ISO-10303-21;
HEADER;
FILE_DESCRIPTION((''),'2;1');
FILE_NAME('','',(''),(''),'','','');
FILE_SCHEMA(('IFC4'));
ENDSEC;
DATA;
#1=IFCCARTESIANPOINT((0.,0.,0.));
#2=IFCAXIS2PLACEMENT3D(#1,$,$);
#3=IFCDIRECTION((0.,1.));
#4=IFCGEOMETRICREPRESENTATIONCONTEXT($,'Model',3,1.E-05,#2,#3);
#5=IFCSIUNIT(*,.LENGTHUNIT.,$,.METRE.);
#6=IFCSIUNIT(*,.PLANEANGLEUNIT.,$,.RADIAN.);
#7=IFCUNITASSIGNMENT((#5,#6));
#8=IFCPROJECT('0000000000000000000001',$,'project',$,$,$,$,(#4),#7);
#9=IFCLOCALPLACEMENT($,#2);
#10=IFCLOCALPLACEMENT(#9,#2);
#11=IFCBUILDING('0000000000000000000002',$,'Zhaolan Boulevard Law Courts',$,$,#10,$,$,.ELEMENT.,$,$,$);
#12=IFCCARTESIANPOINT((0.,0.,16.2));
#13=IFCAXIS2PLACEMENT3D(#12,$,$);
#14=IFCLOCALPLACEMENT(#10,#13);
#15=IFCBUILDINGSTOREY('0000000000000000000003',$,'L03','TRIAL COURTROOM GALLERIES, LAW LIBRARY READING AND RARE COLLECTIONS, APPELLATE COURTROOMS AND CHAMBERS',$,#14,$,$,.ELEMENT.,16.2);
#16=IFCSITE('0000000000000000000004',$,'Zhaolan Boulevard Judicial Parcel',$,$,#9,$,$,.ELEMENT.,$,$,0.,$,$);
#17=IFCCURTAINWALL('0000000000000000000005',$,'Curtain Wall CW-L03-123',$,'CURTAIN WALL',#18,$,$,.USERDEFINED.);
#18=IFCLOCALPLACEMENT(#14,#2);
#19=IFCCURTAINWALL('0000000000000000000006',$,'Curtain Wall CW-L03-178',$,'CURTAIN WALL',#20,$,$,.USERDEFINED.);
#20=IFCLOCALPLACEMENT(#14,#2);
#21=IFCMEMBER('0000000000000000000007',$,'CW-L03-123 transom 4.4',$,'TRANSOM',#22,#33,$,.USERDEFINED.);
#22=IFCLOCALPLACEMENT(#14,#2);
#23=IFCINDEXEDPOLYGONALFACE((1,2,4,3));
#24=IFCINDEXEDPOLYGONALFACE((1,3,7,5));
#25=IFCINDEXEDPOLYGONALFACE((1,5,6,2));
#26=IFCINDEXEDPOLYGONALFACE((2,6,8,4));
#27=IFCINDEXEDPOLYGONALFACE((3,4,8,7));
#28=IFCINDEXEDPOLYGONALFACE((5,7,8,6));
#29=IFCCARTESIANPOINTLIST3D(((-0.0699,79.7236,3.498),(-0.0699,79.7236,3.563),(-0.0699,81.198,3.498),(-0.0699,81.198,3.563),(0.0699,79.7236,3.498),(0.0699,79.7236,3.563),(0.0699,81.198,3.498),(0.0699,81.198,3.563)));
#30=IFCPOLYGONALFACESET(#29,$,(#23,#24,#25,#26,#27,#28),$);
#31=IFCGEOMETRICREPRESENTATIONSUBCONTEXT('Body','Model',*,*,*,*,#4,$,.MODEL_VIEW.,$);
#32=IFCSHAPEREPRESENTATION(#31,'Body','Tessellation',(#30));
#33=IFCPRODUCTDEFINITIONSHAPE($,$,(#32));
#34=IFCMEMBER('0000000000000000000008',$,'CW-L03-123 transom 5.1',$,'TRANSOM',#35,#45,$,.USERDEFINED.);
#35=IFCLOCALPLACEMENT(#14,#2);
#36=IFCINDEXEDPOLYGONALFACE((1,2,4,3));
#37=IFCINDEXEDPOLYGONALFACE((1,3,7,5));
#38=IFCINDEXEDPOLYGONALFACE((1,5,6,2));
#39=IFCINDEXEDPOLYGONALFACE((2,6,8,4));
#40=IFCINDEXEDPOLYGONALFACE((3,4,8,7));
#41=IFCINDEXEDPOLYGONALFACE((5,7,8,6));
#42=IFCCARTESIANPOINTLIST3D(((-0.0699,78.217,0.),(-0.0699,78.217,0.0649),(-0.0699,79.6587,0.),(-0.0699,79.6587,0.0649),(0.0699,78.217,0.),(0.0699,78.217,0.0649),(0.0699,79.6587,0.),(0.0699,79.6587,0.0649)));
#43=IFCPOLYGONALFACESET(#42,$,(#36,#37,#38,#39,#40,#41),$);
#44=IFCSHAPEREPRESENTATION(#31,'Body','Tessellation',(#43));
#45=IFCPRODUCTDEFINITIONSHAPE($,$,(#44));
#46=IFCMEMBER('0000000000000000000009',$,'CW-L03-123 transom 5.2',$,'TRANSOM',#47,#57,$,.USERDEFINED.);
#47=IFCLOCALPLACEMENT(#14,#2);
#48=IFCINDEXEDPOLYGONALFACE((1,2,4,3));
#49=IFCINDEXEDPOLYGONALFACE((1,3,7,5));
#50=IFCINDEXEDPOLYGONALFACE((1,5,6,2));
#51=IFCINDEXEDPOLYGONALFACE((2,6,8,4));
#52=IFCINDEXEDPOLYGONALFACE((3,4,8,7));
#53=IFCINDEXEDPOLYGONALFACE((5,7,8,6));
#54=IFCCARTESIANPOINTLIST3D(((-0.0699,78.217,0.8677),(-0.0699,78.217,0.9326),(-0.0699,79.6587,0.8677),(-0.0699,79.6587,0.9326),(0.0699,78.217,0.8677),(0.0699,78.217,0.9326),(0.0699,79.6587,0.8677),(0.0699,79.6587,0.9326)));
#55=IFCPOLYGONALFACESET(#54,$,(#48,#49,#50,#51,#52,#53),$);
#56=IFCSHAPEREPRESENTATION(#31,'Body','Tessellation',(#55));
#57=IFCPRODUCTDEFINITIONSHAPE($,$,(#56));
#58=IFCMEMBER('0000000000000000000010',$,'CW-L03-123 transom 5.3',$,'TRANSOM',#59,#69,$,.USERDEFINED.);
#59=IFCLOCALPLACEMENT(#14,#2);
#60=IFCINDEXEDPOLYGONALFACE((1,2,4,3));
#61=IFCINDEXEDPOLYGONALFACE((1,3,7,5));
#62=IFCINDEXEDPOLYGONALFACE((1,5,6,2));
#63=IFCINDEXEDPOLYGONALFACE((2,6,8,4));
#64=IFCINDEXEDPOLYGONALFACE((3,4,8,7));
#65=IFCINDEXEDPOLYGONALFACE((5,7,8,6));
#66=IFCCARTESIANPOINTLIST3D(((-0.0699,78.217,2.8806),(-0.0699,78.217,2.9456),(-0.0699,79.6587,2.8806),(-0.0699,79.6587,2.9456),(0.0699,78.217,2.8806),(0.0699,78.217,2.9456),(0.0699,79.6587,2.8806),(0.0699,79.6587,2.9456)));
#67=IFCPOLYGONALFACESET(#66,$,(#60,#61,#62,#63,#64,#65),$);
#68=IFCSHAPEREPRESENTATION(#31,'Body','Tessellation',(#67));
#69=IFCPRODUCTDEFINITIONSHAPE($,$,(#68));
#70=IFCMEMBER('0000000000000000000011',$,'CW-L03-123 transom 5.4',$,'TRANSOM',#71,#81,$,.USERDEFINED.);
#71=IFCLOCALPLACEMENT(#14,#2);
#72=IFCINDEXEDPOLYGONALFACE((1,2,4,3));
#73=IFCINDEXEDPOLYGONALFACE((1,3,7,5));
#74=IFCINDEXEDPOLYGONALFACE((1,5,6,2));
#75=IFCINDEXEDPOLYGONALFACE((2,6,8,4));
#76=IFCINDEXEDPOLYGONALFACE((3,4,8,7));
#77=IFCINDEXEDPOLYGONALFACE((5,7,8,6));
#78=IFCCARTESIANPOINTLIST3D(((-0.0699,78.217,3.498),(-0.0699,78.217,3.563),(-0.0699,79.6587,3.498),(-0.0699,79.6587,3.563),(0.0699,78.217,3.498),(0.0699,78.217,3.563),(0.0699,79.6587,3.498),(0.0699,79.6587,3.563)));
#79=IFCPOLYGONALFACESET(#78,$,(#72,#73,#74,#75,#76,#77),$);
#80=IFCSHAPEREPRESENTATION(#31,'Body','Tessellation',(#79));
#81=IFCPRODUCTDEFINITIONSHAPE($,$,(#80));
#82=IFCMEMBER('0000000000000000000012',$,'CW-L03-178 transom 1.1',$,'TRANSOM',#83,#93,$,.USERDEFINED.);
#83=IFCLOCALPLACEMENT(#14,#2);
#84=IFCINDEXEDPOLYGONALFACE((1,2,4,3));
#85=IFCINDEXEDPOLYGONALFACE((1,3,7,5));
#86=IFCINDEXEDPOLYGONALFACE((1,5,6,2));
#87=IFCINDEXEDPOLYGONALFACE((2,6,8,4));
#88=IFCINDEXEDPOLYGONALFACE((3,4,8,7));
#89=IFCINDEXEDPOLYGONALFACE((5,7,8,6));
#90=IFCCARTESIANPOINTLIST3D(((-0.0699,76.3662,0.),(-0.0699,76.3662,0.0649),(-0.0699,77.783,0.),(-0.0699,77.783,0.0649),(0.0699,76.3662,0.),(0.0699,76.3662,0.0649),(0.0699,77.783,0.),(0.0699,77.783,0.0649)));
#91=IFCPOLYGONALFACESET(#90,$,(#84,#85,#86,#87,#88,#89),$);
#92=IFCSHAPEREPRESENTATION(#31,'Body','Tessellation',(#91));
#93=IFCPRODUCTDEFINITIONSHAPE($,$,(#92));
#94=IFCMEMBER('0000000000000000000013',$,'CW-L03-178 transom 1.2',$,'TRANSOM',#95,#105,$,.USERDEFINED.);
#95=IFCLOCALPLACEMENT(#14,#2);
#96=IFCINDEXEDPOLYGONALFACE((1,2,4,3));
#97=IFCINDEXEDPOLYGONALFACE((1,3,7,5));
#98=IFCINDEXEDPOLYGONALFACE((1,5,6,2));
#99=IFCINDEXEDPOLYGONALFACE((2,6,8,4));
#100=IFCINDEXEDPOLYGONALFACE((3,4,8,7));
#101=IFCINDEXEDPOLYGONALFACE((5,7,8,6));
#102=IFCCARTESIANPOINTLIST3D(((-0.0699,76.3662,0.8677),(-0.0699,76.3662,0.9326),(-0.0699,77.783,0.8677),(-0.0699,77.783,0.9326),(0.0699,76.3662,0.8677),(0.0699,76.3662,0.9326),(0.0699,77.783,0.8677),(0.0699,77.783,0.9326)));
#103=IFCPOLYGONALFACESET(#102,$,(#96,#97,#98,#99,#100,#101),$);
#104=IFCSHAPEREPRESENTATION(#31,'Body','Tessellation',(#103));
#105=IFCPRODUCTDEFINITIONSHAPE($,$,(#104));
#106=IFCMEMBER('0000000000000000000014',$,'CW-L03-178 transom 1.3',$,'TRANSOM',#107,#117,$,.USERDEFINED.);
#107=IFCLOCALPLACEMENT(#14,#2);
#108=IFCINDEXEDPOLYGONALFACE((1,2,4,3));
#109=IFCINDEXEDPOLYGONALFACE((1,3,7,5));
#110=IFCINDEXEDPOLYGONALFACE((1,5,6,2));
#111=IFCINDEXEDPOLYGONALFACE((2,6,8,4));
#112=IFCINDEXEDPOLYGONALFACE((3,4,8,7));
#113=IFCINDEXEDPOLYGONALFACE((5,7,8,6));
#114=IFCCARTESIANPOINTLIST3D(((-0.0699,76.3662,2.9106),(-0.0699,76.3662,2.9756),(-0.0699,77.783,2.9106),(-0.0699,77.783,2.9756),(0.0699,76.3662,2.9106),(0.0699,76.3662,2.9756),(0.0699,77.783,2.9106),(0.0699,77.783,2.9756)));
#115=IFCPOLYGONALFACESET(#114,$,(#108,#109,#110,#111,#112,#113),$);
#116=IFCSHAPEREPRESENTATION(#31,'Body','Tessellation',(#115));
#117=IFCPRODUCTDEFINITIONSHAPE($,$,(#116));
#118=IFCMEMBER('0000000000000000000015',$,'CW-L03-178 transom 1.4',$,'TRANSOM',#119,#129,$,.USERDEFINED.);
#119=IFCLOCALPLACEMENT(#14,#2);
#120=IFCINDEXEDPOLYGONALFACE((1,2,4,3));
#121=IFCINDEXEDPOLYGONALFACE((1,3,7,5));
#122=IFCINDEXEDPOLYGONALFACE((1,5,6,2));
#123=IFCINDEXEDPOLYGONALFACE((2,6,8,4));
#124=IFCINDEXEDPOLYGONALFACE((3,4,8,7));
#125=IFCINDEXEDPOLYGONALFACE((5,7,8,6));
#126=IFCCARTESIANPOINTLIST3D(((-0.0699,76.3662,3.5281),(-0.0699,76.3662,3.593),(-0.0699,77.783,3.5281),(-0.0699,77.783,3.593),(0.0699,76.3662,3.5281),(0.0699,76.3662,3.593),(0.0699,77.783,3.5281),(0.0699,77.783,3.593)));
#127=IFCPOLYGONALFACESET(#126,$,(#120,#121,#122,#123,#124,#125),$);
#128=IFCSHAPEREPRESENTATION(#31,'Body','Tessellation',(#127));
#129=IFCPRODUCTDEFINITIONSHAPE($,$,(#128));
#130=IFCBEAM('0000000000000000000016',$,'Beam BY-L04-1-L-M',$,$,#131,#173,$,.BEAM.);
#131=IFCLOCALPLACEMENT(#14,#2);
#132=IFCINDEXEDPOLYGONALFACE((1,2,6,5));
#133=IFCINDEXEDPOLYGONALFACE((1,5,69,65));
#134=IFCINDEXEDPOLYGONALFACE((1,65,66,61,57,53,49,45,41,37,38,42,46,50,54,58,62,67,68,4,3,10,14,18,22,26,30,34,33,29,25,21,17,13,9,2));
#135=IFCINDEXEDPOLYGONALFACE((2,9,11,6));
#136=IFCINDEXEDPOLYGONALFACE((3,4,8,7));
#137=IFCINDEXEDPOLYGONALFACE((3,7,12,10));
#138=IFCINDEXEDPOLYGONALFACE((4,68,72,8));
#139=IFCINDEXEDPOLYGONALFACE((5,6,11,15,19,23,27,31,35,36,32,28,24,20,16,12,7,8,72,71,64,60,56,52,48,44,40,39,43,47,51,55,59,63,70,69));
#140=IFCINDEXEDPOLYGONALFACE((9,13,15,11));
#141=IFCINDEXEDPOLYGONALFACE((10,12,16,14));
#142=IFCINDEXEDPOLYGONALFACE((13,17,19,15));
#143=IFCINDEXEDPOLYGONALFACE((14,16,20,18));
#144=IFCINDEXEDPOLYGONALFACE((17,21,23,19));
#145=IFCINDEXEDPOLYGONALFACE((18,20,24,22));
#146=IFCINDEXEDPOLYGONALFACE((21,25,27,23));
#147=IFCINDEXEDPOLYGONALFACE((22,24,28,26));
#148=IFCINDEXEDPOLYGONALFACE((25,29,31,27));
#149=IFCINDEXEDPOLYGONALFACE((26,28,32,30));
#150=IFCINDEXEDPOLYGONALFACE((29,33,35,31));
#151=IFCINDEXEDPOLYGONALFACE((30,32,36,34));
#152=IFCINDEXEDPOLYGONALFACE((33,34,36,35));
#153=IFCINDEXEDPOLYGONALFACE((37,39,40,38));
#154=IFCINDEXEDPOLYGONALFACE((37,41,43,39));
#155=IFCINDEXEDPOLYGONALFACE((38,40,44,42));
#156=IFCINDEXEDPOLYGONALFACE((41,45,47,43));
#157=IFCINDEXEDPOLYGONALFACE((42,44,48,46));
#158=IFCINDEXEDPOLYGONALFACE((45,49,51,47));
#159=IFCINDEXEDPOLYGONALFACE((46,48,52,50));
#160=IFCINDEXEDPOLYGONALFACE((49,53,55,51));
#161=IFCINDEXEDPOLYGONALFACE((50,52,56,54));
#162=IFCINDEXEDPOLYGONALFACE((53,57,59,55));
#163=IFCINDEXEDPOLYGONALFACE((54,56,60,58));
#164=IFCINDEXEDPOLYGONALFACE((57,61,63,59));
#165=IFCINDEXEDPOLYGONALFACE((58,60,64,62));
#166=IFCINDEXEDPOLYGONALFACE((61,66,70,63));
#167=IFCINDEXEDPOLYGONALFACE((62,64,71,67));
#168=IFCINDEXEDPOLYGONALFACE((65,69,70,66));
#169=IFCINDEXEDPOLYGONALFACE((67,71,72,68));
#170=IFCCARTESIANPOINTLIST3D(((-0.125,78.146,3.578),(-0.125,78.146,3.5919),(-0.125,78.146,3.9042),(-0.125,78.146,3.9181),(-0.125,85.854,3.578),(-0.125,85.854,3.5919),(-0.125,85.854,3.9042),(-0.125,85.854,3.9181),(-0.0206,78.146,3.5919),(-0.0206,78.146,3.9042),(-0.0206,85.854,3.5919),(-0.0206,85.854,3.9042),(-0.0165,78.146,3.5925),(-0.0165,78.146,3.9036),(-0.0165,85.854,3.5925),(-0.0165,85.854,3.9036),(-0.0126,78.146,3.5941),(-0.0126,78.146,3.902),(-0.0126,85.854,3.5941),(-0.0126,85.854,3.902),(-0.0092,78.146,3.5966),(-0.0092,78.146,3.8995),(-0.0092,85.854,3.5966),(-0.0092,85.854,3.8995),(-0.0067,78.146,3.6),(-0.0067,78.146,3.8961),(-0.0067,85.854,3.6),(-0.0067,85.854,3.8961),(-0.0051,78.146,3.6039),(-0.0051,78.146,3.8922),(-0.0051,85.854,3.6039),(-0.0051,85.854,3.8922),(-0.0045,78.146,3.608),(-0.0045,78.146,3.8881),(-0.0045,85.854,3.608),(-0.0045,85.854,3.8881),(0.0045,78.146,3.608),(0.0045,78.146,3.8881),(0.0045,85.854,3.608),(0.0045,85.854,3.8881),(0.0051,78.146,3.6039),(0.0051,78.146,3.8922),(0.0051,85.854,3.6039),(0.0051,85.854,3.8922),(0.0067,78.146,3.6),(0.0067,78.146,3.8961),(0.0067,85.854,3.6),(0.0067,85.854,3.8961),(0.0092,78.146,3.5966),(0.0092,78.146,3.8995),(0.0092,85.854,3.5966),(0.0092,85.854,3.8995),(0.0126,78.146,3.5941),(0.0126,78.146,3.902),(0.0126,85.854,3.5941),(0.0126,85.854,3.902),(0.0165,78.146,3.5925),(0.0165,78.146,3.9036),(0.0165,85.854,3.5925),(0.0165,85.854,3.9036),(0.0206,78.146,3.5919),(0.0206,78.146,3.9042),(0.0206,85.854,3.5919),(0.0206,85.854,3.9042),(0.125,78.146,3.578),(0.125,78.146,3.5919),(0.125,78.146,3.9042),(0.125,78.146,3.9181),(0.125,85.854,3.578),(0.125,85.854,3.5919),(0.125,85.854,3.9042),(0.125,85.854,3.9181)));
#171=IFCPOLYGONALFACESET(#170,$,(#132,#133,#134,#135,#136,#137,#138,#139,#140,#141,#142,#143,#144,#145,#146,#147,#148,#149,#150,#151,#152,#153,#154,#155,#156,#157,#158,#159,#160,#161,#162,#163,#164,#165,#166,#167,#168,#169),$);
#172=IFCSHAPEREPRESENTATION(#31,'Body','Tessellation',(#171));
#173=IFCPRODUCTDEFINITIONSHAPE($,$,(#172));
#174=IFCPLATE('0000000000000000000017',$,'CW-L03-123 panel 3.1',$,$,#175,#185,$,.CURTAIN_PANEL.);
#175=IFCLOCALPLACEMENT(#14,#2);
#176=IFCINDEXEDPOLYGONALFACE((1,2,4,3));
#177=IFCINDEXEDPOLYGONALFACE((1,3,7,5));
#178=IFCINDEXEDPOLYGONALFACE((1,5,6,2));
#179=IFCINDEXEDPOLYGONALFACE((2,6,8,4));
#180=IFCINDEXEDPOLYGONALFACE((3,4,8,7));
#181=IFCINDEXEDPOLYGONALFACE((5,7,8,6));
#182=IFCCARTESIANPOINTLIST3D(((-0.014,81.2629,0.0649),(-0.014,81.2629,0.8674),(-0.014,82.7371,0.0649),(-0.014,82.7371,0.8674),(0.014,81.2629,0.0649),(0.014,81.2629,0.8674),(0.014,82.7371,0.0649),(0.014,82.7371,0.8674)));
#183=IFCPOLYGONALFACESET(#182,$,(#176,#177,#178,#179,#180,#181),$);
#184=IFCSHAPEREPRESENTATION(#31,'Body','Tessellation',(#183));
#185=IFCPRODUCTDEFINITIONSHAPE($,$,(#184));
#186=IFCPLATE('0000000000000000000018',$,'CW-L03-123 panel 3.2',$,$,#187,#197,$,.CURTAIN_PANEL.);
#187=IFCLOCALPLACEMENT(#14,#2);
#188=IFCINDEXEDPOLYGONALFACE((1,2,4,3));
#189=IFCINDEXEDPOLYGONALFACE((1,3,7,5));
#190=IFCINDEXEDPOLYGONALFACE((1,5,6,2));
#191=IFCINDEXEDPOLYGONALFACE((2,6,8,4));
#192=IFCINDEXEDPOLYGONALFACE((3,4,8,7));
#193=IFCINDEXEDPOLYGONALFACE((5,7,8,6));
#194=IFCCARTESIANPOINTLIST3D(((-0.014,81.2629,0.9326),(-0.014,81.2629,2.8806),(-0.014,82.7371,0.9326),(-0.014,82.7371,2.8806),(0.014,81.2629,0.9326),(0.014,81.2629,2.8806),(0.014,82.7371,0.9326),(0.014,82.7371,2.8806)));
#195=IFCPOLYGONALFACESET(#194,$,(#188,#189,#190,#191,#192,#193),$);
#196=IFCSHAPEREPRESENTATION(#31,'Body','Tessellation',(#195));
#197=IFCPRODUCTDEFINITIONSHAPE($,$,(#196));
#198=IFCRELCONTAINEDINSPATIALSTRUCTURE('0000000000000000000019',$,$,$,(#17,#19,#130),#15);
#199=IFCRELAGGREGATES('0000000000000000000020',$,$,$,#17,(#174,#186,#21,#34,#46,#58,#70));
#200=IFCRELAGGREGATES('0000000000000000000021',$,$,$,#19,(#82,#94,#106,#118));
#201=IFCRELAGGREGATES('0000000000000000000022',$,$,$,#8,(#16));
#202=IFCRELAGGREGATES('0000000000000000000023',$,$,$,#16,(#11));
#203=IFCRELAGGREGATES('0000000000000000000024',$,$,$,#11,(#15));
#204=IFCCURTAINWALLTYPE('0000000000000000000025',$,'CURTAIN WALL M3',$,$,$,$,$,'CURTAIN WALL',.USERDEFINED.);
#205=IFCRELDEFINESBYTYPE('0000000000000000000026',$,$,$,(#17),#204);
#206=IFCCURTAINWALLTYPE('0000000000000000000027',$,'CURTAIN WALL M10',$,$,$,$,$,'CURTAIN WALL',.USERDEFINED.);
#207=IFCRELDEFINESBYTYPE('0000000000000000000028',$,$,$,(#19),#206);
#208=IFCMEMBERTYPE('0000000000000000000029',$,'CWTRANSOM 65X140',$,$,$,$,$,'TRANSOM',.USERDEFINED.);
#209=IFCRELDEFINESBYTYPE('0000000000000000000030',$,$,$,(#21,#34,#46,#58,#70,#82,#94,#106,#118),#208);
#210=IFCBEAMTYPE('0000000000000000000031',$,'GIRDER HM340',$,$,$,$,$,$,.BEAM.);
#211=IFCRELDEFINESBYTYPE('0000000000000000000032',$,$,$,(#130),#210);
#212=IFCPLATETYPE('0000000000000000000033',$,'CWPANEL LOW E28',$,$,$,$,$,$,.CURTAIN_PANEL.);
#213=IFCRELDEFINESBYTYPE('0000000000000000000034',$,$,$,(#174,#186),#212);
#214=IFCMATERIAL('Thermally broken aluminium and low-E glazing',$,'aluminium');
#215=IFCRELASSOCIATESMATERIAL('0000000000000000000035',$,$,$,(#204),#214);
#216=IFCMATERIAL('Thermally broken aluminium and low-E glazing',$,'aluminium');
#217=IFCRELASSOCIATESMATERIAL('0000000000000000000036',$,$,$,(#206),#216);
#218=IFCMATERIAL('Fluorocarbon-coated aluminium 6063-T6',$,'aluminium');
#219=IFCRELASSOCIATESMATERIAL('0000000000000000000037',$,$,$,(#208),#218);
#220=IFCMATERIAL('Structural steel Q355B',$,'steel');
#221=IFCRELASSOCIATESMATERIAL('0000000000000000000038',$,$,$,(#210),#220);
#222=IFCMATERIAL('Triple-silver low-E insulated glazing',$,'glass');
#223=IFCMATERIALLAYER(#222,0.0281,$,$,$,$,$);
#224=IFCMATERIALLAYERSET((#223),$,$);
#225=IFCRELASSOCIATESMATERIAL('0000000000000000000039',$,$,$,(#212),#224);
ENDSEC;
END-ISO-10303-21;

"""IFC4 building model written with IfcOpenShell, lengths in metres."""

from ifc_helpers import new_model, si_unit, direction, frame, origin, origin_2d, place, context, subcontext, project, spatial, rectangle, i_section, extrude, material, layer, layer_set, material_profile, profile_set, type_object, element, aggregate, save


model = new_model("IFC4")

# Units and contexts
model_context = context("Model", 3, precision=1e-05, world=origin(), true_north=direction((0.0, 1.0)))
body_context = subcontext(model_context, "Body", "Model", "MODEL_VIEW")
ifc_project = project(units=[si_unit("LENGTHUNIT", "METRE"), si_unit("PLANEANGLEUNIT", "RADIAN")], contexts=[model_context])

# Site, building, storey
site_placement = place(None, origin())
site = spatial("IfcSite", under=ifc_project, at=site_placement, Name="Zhaolan Boulevard Judicial Parcel", CompositionType="ELEMENT", RefElevation=0.0)
building_placement = place(site_placement, origin())
building = spatial("IfcBuilding", under=site, at=building_placement, Name="Zhaolan Boulevard Law Courts", CompositionType="ELEMENT")
storey_placement = place(building_placement, frame((0.0, 0.0, 16.2)))
storey = spatial("IfcBuildingStorey", under=building, at=storey_placement, Name="L03", Description="TRIAL COURTROOM GALLERIES, LAW LIBRARY READING AND RARE COLLECTIONS, APPELLATE COURTROOMS AND CHAMBERS", CompositionType="ELEMENT", Elevation=16.2)

# Curtain wall
ifc_material_1 = material(Name="Thermally broken aluminium and low-E glazing", Category="aluminium")
curtain_wall_type_1 = type_object("IfcCurtainWallType", Name="CURTAIN WALL M3", ElementType="CURTAIN WALL", PredefinedType="USERDEFINED", material=ifc_material_1)
curtain_wall_1_placement = place(storey_placement, origin())
curtain_wall_1 = element("IfcCurtainWall", 1, at=curtain_wall_1_placement, inside=storey, type_object=curtain_wall_type_1, Name="Curtain Wall CW-L03-123", ObjectType="CURTAIN WALL", PredefinedType="USERDEFINED")

# Curtain wall
ifc_material_2 = material(Name="Thermally broken aluminium and low-E glazing", Category="aluminium")
curtain_wall_type_2 = type_object("IfcCurtainWallType", Name="CURTAIN WALL M10", ElementType="CURTAIN WALL", PredefinedType="USERDEFINED", material=ifc_material_2)
curtain_wall_2_placement = place(storey_placement, origin())
curtain_wall_2 = element("IfcCurtainWall", 2, at=curtain_wall_2_placement, inside=storey, type_object=curtain_wall_type_2, Name="Curtain Wall CW-L03-178", ObjectType="CURTAIN WALL", PredefinedType="USERDEFINED")

# Members
ifc_material_3 = material(Name="Fluorocarbon-coated aluminium 6063-T6", Category="aluminium")
ifc_material_profile_1 = material_profile(ifc_material_3, rectangle(XDim=0.1399, YDim=0.0649, at=origin_2d()), Name="AL65x140")
ifc_profile_set_1 = profile_set([ifc_material_profile_1], Name="Fluorocarbon-coated aluminium 6063-T6")
member_type_1 = type_object("IfcMemberType", Name="CWTRANSOM 65X140", ElementType="TRANSOM", PredefinedType="USERDEFINED", material=ifc_profile_set_1)
member_1_placement = place(storey_placement, frame((0.0, 81.198, 3.5305), z_axis=(0.0, -1.0, 0.0), x_axis=(1.0, 0.0, 0.0)))
member_1 = element("IfcMember", 3, at=member_1_placement, type_object=member_type_1, Name="CW-L03-123 transom 4.4", ObjectType="TRANSOM", PredefinedType="USERDEFINED", context=body_context, shape_type="SweptSolid", body=[
    extrude(rectangle(XDim=0.1399, YDim=0.0649, at=origin_2d()), origin(), (0.0, 0.0, 1.0), 1.4744),
])
member_2_placement = place(storey_placement, frame((0.0, 79.6587, 0.0325), z_axis=(0.0, -1.0, 0.0), x_axis=(1.0, 0.0, 0.0)))
member_2 = element("IfcMember", 4, at=member_2_placement, type_object=member_type_1, Name="CW-L03-123 transom 5.1", ObjectType="TRANSOM", PredefinedType="USERDEFINED", context=body_context, shape_type="SweptSolid", body=[
    extrude(rectangle(XDim=0.1399, YDim=0.0649, at=origin_2d()), origin(), (0.0, 0.0, 1.0), 1.4417),
])
member_3_placement = place(storey_placement, frame((0.0, 79.6587, 0.9001), z_axis=(0.0, -1.0, 0.0), x_axis=(1.0, 0.0, 0.0)))
member_3 = element("IfcMember", 5, at=member_3_placement, type_object=member_type_1, Name="CW-L03-123 transom 5.2", ObjectType="TRANSOM", PredefinedType="USERDEFINED", context=body_context, shape_type="SweptSolid", body=[
    extrude(rectangle(XDim=0.1399, YDim=0.0649, at=origin_2d()), origin(), (0.0, 0.0, 1.0), 1.4417),
])
member_4_placement = place(storey_placement, frame((0.0, 79.6587, 2.9131), z_axis=(0.0, -1.0, 0.0), x_axis=(1.0, 0.0, 0.0)))
member_4 = element("IfcMember", 6, at=member_4_placement, type_object=member_type_1, Name="CW-L03-123 transom 5.3", ObjectType="TRANSOM", PredefinedType="USERDEFINED", context=body_context, shape_type="SweptSolid", body=[
    extrude(rectangle(XDim=0.1399, YDim=0.0649, at=origin_2d()), origin(), (0.0, 0.0, 1.0), 1.4417),
])
member_5_placement = place(storey_placement, frame((0.0, 79.6587, 3.5305), z_axis=(0.0, -1.0, 0.0), x_axis=(1.0, 0.0, 0.0)))
member_5 = element("IfcMember", 7, at=member_5_placement, type_object=member_type_1, Name="CW-L03-123 transom 5.4", ObjectType="TRANSOM", PredefinedType="USERDEFINED", context=body_context, shape_type="SweptSolid", body=[
    extrude(rectangle(XDim=0.1399, YDim=0.0649, at=origin_2d()), origin(), (0.0, 0.0, 1.0), 1.4417),
])
member_6_placement = place(storey_placement, frame((0.0, 77.783, 0.0325), z_axis=(0.0, -1.0, 0.0), x_axis=(1.0, 0.0, 0.0)))
member_6 = element("IfcMember", 8, at=member_6_placement, type_object=member_type_1, Name="CW-L03-178 transom 1.1", ObjectType="TRANSOM", PredefinedType="USERDEFINED", context=body_context, shape_type="SweptSolid", body=[
    extrude(rectangle(XDim=0.1399, YDim=0.0649, at=origin_2d()), origin(), (0.0, 0.0, 1.0), 1.4167),
])
member_7_placement = place(storey_placement, frame((0.0, 77.783, 0.9001), z_axis=(0.0, -1.0, 0.0), x_axis=(1.0, 0.0, 0.0)))
member_7 = element("IfcMember", 9, at=member_7_placement, type_object=member_type_1, Name="CW-L03-178 transom 1.2", ObjectType="TRANSOM", PredefinedType="USERDEFINED", context=body_context, shape_type="SweptSolid", body=[
    extrude(rectangle(XDim=0.1399, YDim=0.0649, at=origin_2d()), origin(), (0.0, 0.0, 1.0), 1.4167),
])
member_8_placement = place(storey_placement, frame((0.0, 77.783, 2.9431), z_axis=(0.0, -1.0, 0.0), x_axis=(1.0, 0.0, 0.0)))
member_8 = element("IfcMember", 10, at=member_8_placement, type_object=member_type_1, Name="CW-L03-178 transom 1.3", ObjectType="TRANSOM", PredefinedType="USERDEFINED", context=body_context, shape_type="SweptSolid", body=[
    extrude(rectangle(XDim=0.1399, YDim=0.0649, at=origin_2d()), origin(), (0.0, 0.0, 1.0), 1.4167),
])
member_9_placement = place(storey_placement, frame((0.0, 77.783, 3.5605), z_axis=(0.0, -1.0, 0.0), x_axis=(1.0, 0.0, 0.0)))
member_9 = element("IfcMember", 11, at=member_9_placement, type_object=member_type_1, Name="CW-L03-178 transom 1.4", ObjectType="TRANSOM", PredefinedType="USERDEFINED", context=body_context, shape_type="SweptSolid", body=[
    extrude(rectangle(XDim=0.1399, YDim=0.0649, at=origin_2d()), origin(), (0.0, 0.0, 1.0), 1.4167),
])

# Beam
ifc_material_4 = material(Name="Structural steel Q355B", Category="steel")
ifc_material_profile_2 = material_profile(ifc_material_4, i_section(OverallWidth=0.25, OverallDepth=0.3401, WebThickness=0.009, FlangeThickness=0.0139, FilletRadius=0.0161, at=origin_2d()), Name="HM340x250")
ifc_profile_set_2 = profile_set([ifc_material_profile_2], Name="Structural steel Q355B")
beam_type = type_object("IfcBeamType", Name="GIRDER HM340", PredefinedType="BEAM", material=ifc_profile_set_2)
beam_placement = place(storey_placement, frame((0.0, 78.146, 3.748), z_axis=(0.0, 1.0, 0.0), x_axis=(-1.0, 0.0, 0.0)))
element("IfcBeam", 12, at=beam_placement, inside=storey, type_object=beam_type, Name="Beam BY-L04-1-L-M", PredefinedType="BEAM", context=body_context, shape_type="SweptSolid", body=[
    extrude(i_section(OverallWidth=0.25, OverallDepth=0.3401, WebThickness=0.009, FlangeThickness=0.0139, FilletRadius=0.0161, at=origin_2d()), origin(), (0.0, 0.0, 1.0), 7.708),
])

# Plates
ifc_material_5 = material(Name="Triple-silver low-E insulated glazing", Category="glass")
ifc_layer_1 = layer(ifc_material_5, 0.0281)
ifc_layer_set_1 = layer_set([ifc_layer_1])
plate_type = type_object("IfcPlateType", Name="CWPANEL LOW E28", PredefinedType="CURTAIN_PANEL", material=ifc_layer_set_1)
plate_1_placement = place(storey_placement, frame((0.0, 82.0, 0.0649), z_axis=(0.0, 0.0, 1.0), x_axis=(0.0, -1.0, 0.0)))
plate_1 = element("IfcPlate", 13, at=plate_1_placement, type_object=plate_type, Name="CW-L03-123 panel 3.1", PredefinedType="CURTAIN_PANEL", context=body_context, shape_type="SweptSolid", body=[
    extrude(rectangle(XDim=1.4741, YDim=0.0281, at=origin_2d()), origin(), (0.0, 0.0, 1.0), 0.8025),
])
plate_2_placement = place(storey_placement, frame((0.0, 82.0, 0.9326), z_axis=(0.0, 0.0, 1.0), x_axis=(0.0, -1.0, 0.0)))
plate_2 = element("IfcPlate", 14, at=plate_2_placement, type_object=plate_type, Name="CW-L03-123 panel 3.2", PredefinedType="CURTAIN_PANEL", context=body_context, shape_type="SweptSolid", body=[
    extrude(rectangle(XDim=1.4741, YDim=0.0281, at=origin_2d()), origin(), (0.0, 0.0, 1.0), 1.948),
])
aggregate(curtain_wall_1, [plate_1, plate_2, member_1, member_2, member_3, member_4, member_5])
aggregate(curtain_wall_2, [member_6, member_7, member_8, member_9])

save(model, "model.ifc")
